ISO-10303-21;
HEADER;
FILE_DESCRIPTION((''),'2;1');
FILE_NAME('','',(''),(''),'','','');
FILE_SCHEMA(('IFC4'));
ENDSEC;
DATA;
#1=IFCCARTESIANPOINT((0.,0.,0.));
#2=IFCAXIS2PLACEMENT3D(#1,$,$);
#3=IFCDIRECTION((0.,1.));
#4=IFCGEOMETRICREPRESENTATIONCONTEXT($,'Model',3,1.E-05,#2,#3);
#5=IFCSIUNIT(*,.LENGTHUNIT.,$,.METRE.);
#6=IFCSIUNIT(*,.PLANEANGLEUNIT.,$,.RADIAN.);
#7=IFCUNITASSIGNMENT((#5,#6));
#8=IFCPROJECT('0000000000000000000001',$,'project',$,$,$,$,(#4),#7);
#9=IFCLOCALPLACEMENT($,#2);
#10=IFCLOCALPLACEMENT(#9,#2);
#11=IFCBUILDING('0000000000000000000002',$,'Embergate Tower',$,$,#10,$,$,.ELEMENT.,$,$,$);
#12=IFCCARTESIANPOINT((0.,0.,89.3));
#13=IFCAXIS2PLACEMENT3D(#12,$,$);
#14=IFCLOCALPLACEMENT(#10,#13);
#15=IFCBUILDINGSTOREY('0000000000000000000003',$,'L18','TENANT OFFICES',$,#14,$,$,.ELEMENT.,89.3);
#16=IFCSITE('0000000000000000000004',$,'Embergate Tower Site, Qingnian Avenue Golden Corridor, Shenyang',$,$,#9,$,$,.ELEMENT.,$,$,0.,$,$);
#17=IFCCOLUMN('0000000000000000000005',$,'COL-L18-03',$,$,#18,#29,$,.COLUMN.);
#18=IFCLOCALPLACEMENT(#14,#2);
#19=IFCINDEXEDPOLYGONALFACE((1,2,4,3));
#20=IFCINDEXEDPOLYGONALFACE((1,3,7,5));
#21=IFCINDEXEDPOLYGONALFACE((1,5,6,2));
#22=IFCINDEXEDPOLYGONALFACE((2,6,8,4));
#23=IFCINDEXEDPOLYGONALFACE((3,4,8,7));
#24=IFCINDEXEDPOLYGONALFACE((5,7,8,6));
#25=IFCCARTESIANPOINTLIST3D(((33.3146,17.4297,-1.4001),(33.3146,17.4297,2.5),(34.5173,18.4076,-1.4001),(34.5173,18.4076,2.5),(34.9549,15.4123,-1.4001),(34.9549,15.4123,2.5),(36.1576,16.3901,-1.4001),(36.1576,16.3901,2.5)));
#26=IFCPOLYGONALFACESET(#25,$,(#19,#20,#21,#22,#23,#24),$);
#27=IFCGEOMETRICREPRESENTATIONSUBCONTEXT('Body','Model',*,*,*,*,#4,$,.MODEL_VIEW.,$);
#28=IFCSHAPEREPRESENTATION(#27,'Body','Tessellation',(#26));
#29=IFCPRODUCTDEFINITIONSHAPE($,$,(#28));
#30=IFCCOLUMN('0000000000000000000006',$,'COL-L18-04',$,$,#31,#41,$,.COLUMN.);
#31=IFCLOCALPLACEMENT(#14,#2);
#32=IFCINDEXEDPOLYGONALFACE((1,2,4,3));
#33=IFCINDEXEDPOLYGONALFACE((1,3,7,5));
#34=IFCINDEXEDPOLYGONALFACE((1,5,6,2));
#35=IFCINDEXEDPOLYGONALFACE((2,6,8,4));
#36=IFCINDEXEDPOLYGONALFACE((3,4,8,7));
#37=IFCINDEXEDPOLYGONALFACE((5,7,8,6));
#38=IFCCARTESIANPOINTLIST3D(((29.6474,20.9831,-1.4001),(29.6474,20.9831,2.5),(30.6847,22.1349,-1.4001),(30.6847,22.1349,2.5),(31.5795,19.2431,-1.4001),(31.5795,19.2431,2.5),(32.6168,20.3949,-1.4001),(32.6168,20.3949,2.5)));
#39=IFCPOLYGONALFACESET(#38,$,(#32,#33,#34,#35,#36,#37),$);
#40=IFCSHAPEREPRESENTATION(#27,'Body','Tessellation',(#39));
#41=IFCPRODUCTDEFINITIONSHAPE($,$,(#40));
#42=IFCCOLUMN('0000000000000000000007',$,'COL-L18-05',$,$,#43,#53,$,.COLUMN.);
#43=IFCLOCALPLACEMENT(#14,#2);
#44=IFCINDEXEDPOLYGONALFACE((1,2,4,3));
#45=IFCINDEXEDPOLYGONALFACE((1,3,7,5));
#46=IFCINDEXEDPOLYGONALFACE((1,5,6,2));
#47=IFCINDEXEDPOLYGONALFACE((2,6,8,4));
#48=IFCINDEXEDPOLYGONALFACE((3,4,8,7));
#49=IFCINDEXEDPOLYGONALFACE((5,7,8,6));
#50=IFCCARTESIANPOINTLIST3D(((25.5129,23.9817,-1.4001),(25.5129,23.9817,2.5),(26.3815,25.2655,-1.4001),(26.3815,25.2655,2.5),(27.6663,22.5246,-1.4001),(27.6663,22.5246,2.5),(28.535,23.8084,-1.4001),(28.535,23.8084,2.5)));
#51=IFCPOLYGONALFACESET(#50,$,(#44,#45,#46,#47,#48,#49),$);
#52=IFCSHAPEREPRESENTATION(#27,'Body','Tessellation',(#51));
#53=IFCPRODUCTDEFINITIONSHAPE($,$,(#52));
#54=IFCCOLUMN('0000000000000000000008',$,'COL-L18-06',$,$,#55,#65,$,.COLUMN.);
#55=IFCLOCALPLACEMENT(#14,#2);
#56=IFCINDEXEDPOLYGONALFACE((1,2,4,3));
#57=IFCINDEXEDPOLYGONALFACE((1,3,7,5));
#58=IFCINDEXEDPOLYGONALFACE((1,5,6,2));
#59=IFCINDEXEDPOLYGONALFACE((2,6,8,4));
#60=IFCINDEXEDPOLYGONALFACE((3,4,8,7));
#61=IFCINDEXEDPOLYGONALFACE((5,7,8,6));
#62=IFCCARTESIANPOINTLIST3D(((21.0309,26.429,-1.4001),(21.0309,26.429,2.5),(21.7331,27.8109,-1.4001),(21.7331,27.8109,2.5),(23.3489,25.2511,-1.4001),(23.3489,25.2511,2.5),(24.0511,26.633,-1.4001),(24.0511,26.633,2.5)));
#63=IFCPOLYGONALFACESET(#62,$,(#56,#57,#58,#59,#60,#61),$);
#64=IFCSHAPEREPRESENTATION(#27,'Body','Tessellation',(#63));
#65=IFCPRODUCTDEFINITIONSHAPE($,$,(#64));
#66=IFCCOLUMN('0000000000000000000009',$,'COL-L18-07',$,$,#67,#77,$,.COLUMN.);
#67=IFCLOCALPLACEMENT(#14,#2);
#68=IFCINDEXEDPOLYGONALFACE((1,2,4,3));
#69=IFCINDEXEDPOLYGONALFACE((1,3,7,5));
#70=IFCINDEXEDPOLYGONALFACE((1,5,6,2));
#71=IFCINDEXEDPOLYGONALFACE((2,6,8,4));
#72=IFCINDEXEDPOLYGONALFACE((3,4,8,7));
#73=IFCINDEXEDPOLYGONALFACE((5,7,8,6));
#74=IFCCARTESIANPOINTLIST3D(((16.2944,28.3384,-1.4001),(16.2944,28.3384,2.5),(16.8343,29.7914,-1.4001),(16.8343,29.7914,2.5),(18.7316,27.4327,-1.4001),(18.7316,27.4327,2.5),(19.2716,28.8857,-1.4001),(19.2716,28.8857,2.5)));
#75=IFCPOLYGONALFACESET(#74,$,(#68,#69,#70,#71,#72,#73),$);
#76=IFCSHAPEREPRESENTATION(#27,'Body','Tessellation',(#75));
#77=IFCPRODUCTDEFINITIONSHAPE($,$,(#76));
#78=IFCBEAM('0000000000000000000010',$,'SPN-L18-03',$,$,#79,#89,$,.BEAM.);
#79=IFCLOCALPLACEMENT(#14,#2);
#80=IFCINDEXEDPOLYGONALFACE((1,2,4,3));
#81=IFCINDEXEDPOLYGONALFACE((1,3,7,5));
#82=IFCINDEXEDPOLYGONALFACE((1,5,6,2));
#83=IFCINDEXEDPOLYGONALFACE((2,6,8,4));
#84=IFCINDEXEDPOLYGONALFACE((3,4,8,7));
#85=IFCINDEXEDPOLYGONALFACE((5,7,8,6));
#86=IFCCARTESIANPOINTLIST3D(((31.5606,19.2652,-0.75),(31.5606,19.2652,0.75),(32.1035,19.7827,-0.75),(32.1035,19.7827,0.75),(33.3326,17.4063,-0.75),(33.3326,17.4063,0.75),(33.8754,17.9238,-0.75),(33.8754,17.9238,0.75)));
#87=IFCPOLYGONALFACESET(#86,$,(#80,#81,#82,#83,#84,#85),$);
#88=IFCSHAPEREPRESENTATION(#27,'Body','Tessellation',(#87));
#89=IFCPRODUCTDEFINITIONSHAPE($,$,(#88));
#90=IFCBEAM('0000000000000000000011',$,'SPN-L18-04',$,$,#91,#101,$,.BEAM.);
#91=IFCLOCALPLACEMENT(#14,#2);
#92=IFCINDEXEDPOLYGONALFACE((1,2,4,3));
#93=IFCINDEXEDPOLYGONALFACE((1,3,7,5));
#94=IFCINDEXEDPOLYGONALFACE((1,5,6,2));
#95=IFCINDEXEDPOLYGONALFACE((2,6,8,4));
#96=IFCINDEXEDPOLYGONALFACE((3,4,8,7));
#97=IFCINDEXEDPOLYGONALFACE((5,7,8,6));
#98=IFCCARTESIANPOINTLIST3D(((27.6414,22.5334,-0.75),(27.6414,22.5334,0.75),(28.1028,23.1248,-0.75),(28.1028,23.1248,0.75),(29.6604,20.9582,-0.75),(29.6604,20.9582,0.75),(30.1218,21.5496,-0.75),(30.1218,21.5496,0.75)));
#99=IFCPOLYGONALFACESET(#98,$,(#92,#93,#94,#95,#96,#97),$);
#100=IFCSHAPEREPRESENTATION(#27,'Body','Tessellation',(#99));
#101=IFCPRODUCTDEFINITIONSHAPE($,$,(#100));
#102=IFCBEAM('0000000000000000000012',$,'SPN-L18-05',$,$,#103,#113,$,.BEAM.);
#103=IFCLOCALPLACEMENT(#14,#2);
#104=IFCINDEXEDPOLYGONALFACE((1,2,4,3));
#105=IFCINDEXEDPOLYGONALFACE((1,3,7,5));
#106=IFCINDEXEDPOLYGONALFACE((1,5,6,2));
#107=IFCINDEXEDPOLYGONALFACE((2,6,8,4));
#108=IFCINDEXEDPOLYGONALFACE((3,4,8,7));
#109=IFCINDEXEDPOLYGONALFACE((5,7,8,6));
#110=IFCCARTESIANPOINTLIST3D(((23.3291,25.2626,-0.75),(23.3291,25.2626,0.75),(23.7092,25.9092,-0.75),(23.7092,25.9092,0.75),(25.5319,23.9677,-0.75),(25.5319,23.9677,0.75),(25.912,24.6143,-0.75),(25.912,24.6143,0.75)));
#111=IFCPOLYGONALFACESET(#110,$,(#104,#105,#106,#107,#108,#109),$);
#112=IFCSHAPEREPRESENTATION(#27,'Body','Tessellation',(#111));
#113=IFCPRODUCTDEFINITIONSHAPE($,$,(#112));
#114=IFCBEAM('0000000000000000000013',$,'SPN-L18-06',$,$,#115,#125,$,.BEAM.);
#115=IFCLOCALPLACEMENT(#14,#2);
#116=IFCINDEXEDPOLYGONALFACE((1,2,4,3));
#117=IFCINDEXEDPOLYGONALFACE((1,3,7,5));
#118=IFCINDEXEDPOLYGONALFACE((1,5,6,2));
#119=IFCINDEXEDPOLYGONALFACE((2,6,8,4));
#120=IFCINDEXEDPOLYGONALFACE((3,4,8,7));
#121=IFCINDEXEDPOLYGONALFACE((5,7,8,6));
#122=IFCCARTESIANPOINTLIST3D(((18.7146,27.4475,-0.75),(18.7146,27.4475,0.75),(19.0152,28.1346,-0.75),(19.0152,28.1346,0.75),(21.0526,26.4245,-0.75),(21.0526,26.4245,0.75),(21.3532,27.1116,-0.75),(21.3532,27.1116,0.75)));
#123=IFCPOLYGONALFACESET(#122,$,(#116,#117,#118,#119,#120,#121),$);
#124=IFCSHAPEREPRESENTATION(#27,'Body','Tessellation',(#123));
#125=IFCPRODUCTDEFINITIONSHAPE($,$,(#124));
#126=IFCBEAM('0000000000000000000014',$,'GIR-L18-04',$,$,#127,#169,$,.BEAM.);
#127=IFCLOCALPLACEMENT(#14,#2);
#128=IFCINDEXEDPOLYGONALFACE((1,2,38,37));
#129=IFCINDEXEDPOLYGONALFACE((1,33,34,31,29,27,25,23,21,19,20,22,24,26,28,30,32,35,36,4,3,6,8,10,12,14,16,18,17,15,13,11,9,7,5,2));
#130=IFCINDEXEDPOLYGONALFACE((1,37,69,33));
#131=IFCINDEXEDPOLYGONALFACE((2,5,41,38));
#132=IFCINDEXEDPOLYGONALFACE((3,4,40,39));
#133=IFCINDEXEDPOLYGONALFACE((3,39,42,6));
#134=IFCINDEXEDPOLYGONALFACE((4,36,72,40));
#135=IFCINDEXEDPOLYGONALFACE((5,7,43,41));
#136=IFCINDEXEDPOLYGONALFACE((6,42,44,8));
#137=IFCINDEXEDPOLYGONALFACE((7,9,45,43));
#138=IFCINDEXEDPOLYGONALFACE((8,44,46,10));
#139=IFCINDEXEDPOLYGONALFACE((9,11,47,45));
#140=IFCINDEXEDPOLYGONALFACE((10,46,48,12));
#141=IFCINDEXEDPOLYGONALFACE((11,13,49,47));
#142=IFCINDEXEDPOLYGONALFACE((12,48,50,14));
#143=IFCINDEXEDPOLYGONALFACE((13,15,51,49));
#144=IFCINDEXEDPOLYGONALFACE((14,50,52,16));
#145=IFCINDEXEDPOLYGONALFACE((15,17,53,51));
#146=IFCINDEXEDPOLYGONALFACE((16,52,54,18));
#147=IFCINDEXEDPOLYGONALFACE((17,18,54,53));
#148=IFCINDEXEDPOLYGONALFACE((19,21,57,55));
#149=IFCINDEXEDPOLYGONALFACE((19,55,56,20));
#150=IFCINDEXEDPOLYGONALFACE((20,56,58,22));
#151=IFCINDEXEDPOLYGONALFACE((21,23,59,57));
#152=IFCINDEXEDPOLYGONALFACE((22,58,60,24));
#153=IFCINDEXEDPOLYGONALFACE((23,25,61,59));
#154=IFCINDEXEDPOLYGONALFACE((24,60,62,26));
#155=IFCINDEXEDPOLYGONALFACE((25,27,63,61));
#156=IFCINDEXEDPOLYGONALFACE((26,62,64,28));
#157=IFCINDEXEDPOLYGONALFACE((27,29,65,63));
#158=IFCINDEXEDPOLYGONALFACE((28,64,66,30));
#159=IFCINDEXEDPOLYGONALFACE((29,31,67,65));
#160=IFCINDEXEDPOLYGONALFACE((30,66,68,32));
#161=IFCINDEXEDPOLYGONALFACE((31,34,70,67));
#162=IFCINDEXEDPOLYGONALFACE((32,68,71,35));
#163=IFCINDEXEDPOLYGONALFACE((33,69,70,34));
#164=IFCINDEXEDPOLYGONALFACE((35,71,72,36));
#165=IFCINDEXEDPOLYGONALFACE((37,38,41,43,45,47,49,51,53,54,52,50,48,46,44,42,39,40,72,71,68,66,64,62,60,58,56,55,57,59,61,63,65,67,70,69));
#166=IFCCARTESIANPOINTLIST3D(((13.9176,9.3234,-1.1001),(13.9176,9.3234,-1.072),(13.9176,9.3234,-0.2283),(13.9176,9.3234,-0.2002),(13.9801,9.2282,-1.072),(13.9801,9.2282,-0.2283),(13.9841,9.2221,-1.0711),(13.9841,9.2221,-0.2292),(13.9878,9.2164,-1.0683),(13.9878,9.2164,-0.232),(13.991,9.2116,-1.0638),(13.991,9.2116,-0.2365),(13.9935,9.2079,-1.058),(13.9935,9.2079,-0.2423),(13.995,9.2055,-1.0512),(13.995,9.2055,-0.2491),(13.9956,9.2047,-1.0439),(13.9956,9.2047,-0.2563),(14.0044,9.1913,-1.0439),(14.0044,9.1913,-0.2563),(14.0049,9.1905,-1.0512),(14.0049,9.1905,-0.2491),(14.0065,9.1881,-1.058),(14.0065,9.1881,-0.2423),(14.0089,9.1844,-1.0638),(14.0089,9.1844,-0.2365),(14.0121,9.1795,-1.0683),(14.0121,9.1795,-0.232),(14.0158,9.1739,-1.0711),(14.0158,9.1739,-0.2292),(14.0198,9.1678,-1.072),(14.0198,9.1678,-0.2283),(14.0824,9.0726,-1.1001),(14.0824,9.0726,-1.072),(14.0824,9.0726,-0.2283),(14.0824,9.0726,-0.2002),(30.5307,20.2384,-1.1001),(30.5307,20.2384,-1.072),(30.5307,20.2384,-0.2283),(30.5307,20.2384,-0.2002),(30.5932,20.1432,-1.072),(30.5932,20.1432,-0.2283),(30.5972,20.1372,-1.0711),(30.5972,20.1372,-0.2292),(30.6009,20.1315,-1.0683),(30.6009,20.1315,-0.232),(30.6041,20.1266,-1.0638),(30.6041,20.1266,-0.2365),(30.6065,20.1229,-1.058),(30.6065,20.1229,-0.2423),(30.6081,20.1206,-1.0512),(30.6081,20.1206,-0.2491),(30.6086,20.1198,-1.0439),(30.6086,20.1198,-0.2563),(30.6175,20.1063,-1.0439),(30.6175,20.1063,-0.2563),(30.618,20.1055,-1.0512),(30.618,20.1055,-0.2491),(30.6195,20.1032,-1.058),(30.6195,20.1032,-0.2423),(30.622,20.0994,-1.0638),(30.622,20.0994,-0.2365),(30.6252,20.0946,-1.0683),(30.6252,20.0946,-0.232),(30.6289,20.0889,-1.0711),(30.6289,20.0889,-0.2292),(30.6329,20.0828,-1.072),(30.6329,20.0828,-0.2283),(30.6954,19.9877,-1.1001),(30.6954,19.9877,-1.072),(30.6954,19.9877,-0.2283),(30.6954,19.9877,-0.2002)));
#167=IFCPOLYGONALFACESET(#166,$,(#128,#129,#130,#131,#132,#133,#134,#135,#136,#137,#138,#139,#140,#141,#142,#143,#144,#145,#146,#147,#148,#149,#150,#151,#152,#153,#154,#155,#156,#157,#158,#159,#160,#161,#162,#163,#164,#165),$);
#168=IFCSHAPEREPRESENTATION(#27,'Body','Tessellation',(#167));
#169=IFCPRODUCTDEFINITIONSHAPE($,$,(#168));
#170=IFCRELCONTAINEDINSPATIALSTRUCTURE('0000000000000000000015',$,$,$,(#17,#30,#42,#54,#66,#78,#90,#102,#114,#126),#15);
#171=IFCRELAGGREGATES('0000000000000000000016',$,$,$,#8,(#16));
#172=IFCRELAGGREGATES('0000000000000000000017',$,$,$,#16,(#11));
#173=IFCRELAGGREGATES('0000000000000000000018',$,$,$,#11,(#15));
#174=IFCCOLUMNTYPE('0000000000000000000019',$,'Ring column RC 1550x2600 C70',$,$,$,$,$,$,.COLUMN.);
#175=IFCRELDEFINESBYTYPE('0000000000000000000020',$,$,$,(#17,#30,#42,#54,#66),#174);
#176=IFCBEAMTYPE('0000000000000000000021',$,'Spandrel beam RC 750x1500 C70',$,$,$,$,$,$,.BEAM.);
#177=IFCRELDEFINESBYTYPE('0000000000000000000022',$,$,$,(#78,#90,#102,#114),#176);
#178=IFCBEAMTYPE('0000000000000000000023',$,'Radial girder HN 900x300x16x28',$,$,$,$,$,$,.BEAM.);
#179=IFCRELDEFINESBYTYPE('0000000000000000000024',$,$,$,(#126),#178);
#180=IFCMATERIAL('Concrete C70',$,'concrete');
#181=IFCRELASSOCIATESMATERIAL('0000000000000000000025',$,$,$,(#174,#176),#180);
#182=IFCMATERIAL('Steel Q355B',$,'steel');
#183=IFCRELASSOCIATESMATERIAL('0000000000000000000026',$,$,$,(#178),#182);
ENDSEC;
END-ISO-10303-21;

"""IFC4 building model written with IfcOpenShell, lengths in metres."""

from ifc_helpers import new_model, si_unit, direction, frame, origin, origin_2d, place, context, subcontext, project, spatial, rectangle, i_section, extrude, source, transform, mapped, material, material_profile, profile_set, type_object, element, save


model = new_model("IFC4")

# Units and contexts
model_context = context("Model", 3, precision=1e-05, world=origin(), true_north=direction((0.0, 1.0)))
body_context = subcontext(model_context, "Body", "Model", "MODEL_VIEW")
ifc_project = project(units=[si_unit("LENGTHUNIT", "METRE"), si_unit("PLANEANGLEUNIT", "RADIAN")], contexts=[model_context])

# Site, building, storey
site_placement = place(None, origin())
site = spatial("IfcSite", under=ifc_project, at=site_placement, Name="Embergate Tower Site, Qingnian Avenue Golden Corridor, Shenyang", CompositionType="ELEMENT", RefElevation=0.0)
building_placement = place(site_placement, origin())
building = spatial("IfcBuilding", under=site, at=building_placement, Name="Embergate Tower", CompositionType="ELEMENT")
storey_placement = place(building_placement, frame((0.0, 0.0, 89.3)))
storey = spatial("IfcBuildingStorey", under=building, at=storey_placement, Name="L18", Description="TENANT OFFICES", CompositionType="ELEMENT", Elevation=89.3)

# Columns
ifc_material_1 = material(Name="Concrete C70", Category="concrete")
ifc_material_profile_1 = material_profile(ifc_material_1, rectangle(XDim=1.55, YDim=2.6001, at=origin_2d()), Name="RC 1550x2600")
ifc_profile_set_1 = profile_set([ifc_material_profile_1], Name="Concrete C70")
column_type = type_object("IfcColumnType", Name="Ring column RC 1550x2600 C70", PredefinedType="COLUMN", material=ifc_profile_set_1)
shared_shape_1 = source(origin(), body_context, "Body", "SweptSolid", [
    extrude(rectangle(XDim=1.55, YDim=2.6001, at=origin_2d()), origin(), (0.0, 0.0, 1.0), 3.9001),
])
for number, where, z_axis, x_axis, name in (
    (1, (34.7361, 16.9099, -1.4001), (0.0, 0.0, 1.0), (0.775914, 0.630838, 0.0), "COL-L18-03"),
    (2, (31.1321, 20.689, -1.4001), (0.0, 0.0, 1.0), (0.669208, 0.743075, 0.0), "COL-L18-04"),
    (3, (27.0239, 23.895, -1.4001), (0.0, 0.0, 1.0), (0.560393, 0.828227, 0.0), "COL-L18-05"),
    (4, (22.541, 26.531, -1.4001), (0.0, 0.0, 1.0), (0.452995, 0.891513, 0.0), "COL-L18-06"),
    (5, (17.783, 28.6121, -1.4001), (0.0, 0.0, 1.0), (0.348343, 0.937367, 0.0), "COL-L18-07"),
):
    element("IfcColumn", number, at=place(storey_placement, frame(where, z_axis=z_axis, x_axis=x_axis)), inside=storey, type_object=column_type, Name=name, PredefinedType="COLUMN", context=body_context, shape_type="MappedRepresentation", body=[
        mapped(shared_shape_1, transform((0.0, 0.0, 0.0))),
    ])

# Beams
ifc_material_profile_2 = material_profile(ifc_material_1, rectangle(XDim=0.75, YDim=1.5, at=origin_2d()), Name="RC 750x1500")
ifc_profile_set_2 = profile_set([ifc_material_profile_2], Name="Concrete C70")
beam_type_1 = type_object("IfcBeamType", Name="Spandrel beam RC 750x1500 C70", PredefinedType="BEAM", material=ifc_profile_set_2)
shared_shape_2 = source(origin(), body_context, "Body", "SweptSolid", [
    extrude(rectangle(XDim=0.75, YDim=1.5, at=origin_2d()), origin(), (0.0, 0.0, 1.0), 2.5681),
])
beam_1_placement = place(storey_placement, frame((33.604, 17.665, 0.0), z_axis=(-0.689983, 0.723826, 0.0), x_axis=(-0.723826, -0.689983, 0.0)))
element("IfcBeam", 6, at=beam_1_placement, inside=storey, type_object=beam_type_1, Name="SPN-L18-03", PredefinedType="BEAM", context=body_context, shape_type="MappedRepresentation", body=[
    mapped(shared_shape_2, transform((0.0, 0.0, 0.0))),
])
shared_shape_3 = source(origin(), body_context, "Body", "SweptSolid", [
    extrude(rectangle(XDim=0.75, YDim=1.5, at=origin_2d()), origin(), (0.0, 0.0, 1.0), 2.5608),
])
beam_2_placement = place(storey_placement, frame((29.8911, 21.2539, 0.0), z_axis=(-0.788438, 0.615115, 0.0), x_axis=(-0.615115, -0.788438, 0.0)))
element("IfcBeam", 7, at=beam_2_placement, inside=storey, type_object=beam_type_1, Name="SPN-L18-04", PredefinedType="BEAM", context=body_context, shape_type="MappedRepresentation", body=[
    mapped(shared_shape_3, transform((0.0, 0.0, 0.0))),
])
shared_shape_4 = source(origin(), body_context, "Body", "SweptSolid", [
    extrude(rectangle(XDim=0.75, YDim=1.5, at=origin_2d()), origin(), (0.0, 0.0, 1.0), 2.5552),
])
beam_3_placement = place(storey_placement, frame((25.7219, 24.291, 0.0), z_axis=(-0.862086, 0.506761, 0.0), x_axis=(-0.506761, -0.862086, 0.0)))
element("IfcBeam", 8, at=beam_3_placement, inside=storey, type_object=beam_type_1, Name="SPN-L18-05", PredefinedType="BEAM", context=body_context, shape_type="MappedRepresentation", body=[
    mapped(shared_shape_4, transform((0.0, 0.0, 0.0))),
])
shared_shape_5 = source(origin(), body_context, "Body", "SweptSolid", [
    extrude(rectangle(XDim=0.75, YDim=1.5, at=origin_2d()), origin(), (0.0, 0.0, 1.0), 2.552),
])
beam_4_placement = place(storey_placement, frame((21.2029, 26.7681, 0.0), z_axis=(-0.91614, 0.400859, 0.0), x_axis=(-0.400859, -0.91614, 0.0)))
element("IfcBeam", 9, at=beam_4_placement, inside=storey, type_object=beam_type_1, Name="SPN-L18-06", PredefinedType="BEAM", context=body_context, shape_type="MappedRepresentation", body=[
    mapped(shared_shape_5, transform((0.0, 0.0, 0.0))),
])
ifc_material_2 = material(Name="Steel Q355B", Category="steel")
ifc_material_profile_3 = material_profile(ifc_material_2, i_section(OverallWidth=0.3, OverallDepth=0.8999, WebThickness=0.0161, FlangeThickness=0.0281, FilletRadius=0.0281, at=origin_2d()), Name="HN 900x300x16x28")
ifc_profile_set_3 = profile_set([ifc_material_profile_3], Name="Steel Q355 grade B")
beam_type_2 = type_object("IfcBeamType", Name="Radial girder HN 900x300x16x28", PredefinedType="BEAM", material=ifc_profile_set_3)
shared_shape_6 = source(origin(), body_context, "Body", "SweptSolid", [
    extrude(i_section(OverallWidth=0.3, OverallDepth=0.8999, WebThickness=0.0161, FlangeThickness=0.0281, FilletRadius=0.0281, at=origin_2d()), origin(), (0.0, 0.0, 1.0), 19.8779),
])
beam_5_placement = place(storey_placement, frame((30.613, 20.113, -0.6501), z_axis=(-0.835754, -0.549104, 0.0), x_axis=(0.549104, -0.835754, 0.0)))
element("IfcBeam", 10, at=beam_5_placement, inside=storey, type_object=beam_type_2, Name="GIR-L18-04", PredefinedType="BEAM", context=body_context, shape_type="MappedRepresentation", body=[
    mapped(shared_shape_6, transform((0.0, 0.0, 0.0))),
])

save(model, "model.ifc")
